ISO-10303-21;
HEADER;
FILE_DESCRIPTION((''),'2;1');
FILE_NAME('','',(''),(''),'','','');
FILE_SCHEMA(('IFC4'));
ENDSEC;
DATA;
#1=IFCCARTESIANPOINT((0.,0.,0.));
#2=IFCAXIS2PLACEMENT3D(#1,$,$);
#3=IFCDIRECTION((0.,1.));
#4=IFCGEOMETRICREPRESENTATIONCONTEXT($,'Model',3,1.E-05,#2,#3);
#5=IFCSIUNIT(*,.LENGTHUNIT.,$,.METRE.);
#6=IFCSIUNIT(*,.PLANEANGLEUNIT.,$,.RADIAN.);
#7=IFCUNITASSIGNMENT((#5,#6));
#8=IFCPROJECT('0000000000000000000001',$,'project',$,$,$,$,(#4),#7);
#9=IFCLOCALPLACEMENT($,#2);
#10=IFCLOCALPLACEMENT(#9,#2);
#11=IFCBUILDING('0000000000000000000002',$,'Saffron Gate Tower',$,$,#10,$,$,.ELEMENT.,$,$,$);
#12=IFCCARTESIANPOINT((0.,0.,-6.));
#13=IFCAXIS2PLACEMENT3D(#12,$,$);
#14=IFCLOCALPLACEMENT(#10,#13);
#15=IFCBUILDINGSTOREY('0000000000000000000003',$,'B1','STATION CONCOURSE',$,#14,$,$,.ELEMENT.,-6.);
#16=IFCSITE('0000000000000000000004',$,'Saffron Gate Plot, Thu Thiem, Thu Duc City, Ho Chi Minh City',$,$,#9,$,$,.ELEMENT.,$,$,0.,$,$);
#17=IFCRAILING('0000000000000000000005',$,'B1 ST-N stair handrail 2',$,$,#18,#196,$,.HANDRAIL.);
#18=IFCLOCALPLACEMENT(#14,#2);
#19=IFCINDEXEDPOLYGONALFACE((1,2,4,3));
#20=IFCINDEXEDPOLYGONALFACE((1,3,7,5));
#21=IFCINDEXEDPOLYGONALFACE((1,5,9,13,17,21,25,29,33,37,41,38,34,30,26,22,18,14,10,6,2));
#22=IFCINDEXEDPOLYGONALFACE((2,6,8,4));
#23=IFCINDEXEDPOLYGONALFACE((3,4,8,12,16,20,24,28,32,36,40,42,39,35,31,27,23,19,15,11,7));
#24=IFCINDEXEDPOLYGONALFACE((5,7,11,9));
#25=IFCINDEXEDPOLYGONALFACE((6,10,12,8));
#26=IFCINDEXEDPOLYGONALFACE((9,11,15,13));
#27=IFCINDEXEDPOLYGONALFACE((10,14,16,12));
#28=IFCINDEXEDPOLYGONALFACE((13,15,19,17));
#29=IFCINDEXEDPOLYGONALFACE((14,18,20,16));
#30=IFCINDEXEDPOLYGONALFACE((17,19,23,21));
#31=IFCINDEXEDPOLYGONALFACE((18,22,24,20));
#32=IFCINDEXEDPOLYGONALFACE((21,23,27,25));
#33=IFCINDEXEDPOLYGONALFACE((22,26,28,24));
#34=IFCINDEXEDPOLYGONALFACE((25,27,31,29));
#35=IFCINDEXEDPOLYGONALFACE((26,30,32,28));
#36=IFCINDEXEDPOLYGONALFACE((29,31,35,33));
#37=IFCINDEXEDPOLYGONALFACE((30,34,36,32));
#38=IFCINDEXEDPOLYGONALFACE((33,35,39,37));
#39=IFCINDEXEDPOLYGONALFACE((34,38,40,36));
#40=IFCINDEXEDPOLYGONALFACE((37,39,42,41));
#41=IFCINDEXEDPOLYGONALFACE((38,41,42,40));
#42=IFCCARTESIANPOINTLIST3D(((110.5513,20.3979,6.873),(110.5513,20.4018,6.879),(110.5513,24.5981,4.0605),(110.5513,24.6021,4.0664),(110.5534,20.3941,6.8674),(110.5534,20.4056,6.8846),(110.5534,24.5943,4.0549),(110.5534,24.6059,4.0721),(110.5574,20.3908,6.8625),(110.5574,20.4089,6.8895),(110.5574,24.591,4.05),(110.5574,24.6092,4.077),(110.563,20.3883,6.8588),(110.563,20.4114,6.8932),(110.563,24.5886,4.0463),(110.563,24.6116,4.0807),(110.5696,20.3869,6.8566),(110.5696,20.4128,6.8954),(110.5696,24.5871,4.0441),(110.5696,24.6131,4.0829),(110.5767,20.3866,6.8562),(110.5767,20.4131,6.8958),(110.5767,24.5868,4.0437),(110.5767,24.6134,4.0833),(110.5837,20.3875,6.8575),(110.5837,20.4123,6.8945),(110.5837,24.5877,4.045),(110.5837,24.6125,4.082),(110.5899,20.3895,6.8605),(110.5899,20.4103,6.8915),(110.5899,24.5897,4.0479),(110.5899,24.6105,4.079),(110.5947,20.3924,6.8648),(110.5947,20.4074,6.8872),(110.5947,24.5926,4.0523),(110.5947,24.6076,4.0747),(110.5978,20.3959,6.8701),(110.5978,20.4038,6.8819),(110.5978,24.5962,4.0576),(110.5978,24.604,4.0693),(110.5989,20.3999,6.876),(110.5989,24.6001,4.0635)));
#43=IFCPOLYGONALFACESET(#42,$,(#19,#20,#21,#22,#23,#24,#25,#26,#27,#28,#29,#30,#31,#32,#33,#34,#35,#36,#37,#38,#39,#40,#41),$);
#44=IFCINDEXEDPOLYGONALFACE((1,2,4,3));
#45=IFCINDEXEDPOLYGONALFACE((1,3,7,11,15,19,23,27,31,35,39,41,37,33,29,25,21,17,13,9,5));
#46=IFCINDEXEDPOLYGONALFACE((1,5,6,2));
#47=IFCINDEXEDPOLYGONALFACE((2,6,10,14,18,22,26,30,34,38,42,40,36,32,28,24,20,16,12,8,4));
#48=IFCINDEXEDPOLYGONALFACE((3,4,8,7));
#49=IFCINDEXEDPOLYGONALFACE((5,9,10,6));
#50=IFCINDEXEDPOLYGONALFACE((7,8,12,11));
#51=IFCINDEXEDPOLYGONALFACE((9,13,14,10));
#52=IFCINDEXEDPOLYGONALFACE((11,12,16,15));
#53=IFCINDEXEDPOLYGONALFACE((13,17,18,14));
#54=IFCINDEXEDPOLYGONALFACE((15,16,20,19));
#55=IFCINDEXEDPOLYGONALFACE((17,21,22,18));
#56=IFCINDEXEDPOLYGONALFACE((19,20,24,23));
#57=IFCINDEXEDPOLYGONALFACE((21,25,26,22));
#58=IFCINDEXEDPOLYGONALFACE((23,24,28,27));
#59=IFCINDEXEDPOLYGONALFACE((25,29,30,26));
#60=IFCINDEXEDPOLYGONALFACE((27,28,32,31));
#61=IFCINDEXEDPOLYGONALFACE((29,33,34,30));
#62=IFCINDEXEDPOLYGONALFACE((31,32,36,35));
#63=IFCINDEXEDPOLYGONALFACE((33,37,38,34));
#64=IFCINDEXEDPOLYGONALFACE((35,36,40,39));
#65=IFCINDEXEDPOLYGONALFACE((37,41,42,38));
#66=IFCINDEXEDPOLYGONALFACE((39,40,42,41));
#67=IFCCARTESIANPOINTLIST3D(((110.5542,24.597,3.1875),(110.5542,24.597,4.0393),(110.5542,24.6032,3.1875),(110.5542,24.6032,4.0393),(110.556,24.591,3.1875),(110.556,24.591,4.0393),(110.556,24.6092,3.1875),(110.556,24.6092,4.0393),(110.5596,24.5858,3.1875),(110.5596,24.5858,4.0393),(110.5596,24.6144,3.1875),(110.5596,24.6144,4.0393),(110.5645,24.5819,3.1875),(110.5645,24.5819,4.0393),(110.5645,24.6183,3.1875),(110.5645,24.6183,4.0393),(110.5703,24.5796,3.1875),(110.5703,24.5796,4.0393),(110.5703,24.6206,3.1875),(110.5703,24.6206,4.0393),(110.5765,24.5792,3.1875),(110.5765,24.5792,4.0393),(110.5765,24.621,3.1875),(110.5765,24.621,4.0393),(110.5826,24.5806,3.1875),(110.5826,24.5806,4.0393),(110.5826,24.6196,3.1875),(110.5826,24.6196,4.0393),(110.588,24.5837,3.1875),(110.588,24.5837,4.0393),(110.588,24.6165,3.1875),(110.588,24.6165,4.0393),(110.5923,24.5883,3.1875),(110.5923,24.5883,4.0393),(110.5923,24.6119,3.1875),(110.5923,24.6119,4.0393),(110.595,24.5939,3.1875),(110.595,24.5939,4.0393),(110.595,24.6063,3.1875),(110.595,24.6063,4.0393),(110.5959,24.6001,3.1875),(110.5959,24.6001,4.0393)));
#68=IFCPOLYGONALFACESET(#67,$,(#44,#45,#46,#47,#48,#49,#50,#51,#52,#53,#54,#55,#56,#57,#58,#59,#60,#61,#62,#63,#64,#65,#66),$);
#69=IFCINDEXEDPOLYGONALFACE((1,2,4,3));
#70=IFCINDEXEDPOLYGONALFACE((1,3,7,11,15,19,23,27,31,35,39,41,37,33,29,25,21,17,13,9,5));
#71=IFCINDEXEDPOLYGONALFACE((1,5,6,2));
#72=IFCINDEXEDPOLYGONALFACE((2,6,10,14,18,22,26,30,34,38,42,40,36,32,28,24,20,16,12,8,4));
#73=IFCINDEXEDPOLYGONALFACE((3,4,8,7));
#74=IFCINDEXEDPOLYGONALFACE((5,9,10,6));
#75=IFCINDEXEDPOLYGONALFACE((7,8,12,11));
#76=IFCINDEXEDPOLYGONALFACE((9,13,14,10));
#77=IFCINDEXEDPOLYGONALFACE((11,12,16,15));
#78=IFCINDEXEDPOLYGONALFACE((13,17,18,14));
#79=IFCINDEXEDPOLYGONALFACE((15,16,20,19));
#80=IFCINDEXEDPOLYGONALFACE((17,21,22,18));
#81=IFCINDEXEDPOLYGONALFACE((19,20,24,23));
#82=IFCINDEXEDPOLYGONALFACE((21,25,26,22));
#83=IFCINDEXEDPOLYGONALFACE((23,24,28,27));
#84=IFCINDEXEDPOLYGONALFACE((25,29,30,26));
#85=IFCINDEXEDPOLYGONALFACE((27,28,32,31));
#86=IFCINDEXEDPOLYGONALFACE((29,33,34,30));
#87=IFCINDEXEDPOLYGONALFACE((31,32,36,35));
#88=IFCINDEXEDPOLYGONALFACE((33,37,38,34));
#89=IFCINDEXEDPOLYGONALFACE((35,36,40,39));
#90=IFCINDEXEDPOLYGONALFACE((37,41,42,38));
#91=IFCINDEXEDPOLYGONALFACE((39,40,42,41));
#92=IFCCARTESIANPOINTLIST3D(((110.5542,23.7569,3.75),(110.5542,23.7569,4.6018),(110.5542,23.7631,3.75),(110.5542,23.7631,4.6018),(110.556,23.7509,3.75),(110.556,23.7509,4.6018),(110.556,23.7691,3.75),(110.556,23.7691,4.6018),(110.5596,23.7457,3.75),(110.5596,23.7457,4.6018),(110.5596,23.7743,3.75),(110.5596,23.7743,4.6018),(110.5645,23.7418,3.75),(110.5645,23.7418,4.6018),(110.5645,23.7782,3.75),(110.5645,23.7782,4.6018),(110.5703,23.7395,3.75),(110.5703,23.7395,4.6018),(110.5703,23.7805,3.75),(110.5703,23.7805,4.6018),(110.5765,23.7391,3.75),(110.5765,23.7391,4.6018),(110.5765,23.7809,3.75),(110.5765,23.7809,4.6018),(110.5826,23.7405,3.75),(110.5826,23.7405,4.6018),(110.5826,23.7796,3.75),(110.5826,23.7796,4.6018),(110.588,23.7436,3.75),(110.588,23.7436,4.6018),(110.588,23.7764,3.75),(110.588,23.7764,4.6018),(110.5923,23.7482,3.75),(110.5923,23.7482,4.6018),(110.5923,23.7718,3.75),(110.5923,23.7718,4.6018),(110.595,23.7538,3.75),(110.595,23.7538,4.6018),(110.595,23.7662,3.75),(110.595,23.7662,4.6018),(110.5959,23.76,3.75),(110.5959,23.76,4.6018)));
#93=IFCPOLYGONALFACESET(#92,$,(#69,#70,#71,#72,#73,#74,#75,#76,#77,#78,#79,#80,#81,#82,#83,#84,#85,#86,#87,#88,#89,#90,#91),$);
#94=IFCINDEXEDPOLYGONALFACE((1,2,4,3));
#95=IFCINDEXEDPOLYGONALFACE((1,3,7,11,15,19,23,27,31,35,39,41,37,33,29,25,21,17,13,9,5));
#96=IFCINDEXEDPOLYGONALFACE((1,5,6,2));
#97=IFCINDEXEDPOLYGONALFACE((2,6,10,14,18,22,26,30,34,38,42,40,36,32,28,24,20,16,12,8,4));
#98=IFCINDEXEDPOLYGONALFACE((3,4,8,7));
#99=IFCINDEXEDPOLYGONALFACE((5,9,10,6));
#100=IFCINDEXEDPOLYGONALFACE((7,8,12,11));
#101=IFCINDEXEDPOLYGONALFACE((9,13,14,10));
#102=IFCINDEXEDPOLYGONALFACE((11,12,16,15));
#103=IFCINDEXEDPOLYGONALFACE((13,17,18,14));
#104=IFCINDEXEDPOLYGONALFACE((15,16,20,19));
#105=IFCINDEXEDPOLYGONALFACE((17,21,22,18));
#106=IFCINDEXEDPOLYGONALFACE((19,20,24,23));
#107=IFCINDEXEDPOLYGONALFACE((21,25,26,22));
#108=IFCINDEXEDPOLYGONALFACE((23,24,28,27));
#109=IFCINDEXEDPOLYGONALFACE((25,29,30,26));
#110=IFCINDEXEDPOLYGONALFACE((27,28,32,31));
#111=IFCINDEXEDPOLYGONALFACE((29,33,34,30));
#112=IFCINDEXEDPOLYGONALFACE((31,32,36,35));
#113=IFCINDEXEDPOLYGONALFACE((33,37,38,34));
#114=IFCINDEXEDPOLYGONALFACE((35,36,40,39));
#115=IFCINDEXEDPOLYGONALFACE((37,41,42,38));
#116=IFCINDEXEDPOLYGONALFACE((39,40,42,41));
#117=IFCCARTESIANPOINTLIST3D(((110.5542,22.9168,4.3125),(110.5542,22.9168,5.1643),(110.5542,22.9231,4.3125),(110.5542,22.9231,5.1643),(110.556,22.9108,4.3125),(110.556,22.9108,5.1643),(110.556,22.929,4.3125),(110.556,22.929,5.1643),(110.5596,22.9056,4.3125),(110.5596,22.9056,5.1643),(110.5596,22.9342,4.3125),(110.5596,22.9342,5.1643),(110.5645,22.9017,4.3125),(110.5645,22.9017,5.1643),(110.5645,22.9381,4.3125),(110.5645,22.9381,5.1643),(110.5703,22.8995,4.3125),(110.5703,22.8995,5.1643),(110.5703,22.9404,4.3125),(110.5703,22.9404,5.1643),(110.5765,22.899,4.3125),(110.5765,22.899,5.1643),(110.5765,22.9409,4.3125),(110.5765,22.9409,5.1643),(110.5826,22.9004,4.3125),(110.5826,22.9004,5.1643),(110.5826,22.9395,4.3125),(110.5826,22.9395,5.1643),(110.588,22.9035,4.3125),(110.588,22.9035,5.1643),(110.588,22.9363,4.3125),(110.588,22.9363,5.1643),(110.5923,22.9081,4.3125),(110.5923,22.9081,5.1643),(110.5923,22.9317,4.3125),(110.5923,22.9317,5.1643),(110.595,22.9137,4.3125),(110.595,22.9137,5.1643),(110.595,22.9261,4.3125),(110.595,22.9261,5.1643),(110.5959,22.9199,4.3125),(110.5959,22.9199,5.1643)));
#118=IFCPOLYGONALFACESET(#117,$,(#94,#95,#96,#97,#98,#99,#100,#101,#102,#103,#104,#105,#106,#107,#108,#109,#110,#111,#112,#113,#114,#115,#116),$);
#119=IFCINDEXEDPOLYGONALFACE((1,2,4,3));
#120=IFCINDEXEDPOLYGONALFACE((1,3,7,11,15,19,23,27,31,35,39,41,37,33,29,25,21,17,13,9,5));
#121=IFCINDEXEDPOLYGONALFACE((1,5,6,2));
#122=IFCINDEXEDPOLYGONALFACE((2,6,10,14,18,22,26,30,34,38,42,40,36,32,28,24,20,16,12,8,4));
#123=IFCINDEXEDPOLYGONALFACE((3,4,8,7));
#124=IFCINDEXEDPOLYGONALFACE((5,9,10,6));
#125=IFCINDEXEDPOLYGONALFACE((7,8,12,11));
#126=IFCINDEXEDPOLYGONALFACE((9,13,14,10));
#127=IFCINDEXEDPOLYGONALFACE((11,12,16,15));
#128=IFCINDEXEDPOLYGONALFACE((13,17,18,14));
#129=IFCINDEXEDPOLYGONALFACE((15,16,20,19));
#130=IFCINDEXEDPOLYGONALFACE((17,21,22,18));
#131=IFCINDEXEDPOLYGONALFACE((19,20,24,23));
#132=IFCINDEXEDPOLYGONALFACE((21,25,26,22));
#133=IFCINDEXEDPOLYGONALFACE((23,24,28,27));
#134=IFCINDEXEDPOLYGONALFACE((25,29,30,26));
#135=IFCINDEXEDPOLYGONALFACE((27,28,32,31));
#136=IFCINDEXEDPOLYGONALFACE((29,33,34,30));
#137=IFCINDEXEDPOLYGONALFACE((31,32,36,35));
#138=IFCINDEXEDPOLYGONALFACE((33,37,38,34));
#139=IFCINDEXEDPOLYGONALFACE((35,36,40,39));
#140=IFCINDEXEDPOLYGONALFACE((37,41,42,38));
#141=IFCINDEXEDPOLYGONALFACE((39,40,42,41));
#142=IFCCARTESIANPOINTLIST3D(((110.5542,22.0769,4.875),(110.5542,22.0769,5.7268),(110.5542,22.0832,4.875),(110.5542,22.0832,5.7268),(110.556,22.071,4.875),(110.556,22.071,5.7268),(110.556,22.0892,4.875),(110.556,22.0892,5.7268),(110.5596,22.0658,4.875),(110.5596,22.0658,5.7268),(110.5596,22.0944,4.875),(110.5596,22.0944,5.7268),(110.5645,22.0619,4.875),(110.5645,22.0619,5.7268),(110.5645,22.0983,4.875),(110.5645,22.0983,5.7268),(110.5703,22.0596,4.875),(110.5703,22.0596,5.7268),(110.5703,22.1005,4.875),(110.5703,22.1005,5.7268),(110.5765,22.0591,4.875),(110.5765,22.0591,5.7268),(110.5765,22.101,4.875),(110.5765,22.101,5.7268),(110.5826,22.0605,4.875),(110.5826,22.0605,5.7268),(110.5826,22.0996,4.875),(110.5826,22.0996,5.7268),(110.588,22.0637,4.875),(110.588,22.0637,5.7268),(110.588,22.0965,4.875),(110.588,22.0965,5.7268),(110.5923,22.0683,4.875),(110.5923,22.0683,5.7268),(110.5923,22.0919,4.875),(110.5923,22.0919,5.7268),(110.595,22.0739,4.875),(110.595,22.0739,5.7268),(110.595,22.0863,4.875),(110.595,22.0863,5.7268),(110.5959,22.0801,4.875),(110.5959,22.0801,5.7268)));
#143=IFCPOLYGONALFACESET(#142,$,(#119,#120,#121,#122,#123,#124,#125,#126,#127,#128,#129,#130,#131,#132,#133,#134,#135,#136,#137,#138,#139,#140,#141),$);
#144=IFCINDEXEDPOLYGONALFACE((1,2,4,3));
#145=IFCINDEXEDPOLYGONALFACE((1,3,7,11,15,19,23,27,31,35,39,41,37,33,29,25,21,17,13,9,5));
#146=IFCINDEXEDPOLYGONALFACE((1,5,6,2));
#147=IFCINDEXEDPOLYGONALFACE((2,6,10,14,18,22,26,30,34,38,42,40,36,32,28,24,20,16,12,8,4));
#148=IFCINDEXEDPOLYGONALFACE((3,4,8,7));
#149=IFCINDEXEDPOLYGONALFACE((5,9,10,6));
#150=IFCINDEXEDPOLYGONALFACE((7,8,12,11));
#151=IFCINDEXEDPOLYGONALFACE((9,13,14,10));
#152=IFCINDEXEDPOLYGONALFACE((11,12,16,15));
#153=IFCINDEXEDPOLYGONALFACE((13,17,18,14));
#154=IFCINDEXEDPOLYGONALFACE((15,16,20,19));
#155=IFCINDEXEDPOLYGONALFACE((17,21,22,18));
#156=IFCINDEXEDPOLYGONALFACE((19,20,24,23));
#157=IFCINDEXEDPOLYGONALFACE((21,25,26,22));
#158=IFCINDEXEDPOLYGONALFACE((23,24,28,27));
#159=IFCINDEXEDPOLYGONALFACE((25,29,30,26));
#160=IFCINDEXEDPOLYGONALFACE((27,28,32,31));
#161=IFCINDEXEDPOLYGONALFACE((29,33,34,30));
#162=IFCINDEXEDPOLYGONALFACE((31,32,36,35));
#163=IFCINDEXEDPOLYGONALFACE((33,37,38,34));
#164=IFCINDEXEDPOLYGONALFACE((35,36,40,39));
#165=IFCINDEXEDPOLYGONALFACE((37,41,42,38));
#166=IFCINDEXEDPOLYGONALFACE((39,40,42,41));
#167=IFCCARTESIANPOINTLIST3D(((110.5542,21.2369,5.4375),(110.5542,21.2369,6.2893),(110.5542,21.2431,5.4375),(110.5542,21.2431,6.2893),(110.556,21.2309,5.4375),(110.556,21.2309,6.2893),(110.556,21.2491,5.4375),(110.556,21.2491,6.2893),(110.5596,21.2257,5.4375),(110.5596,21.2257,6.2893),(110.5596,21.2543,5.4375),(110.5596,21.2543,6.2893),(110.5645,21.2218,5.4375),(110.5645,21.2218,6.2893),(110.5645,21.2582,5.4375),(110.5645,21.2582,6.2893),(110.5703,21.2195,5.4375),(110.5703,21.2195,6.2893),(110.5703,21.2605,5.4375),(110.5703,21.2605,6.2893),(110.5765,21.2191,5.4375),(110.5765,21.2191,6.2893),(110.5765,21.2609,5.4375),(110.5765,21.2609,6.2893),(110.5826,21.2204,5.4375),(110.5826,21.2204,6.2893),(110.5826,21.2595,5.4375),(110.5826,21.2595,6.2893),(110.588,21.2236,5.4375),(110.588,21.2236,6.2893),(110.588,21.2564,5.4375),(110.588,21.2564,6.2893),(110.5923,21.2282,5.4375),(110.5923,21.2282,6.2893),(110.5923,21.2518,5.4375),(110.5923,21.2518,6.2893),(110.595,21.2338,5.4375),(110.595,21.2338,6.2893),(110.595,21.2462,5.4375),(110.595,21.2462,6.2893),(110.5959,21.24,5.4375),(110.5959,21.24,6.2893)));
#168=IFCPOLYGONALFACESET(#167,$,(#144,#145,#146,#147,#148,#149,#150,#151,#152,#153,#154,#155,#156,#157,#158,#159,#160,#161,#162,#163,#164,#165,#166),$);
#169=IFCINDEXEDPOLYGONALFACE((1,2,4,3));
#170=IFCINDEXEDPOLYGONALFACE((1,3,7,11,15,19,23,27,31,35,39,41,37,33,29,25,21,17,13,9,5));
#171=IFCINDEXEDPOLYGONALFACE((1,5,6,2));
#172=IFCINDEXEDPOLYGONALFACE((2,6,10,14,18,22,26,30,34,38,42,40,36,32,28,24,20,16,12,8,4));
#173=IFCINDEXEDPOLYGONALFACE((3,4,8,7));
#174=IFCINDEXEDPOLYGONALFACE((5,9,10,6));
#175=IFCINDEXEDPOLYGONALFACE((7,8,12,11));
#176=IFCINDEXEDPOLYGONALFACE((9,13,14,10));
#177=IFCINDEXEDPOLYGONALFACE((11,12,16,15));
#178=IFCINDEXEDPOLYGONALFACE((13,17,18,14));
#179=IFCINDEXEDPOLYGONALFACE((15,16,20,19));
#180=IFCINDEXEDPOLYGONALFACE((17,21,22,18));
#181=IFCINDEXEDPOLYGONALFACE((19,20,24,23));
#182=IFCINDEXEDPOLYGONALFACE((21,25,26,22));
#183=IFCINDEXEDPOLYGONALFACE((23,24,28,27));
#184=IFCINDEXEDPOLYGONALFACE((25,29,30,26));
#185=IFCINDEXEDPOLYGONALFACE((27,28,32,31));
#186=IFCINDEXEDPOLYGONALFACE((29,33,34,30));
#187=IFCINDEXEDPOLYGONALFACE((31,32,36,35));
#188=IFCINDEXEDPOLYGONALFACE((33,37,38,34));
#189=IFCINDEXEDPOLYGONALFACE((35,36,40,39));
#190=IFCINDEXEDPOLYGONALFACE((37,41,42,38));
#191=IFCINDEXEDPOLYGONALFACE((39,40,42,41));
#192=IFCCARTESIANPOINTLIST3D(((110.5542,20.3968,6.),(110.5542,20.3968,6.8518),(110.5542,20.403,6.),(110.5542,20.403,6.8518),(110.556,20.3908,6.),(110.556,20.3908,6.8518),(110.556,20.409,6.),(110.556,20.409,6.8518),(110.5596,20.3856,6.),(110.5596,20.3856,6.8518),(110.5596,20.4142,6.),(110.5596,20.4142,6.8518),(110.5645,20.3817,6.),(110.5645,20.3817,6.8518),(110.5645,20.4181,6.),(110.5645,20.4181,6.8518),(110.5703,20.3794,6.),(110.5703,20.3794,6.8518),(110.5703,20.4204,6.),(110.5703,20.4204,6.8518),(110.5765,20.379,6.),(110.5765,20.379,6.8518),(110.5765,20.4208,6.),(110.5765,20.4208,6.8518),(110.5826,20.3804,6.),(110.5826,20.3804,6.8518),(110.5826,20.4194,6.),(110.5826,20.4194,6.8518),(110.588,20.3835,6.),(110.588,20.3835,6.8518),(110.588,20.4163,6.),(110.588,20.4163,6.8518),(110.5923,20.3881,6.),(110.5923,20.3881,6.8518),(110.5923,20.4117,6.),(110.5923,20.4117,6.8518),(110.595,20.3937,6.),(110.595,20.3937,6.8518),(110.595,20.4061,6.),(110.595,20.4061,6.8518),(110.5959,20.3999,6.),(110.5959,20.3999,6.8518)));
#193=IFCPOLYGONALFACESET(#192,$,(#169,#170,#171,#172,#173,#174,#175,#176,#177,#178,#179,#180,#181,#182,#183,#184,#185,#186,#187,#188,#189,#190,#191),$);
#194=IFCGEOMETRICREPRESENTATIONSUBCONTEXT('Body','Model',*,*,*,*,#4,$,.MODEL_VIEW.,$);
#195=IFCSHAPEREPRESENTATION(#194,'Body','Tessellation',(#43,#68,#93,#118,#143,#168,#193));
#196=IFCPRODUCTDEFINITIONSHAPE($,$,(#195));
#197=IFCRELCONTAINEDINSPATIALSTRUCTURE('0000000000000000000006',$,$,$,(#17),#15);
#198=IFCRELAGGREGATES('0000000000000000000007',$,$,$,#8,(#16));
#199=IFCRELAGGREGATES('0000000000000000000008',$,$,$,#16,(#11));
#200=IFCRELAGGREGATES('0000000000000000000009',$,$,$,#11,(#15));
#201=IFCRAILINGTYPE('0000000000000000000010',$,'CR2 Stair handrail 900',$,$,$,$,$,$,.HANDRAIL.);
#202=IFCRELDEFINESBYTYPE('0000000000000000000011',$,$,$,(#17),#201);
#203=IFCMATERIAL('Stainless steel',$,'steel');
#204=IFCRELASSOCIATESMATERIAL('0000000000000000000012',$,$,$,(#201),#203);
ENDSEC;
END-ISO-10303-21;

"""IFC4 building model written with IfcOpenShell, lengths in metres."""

from ifc_helpers import new_model, si_unit, direction, frame, origin, origin_2d, place, context, subcontext, project, spatial, circle, extrude, material, type_object, element, save


model = new_model("IFC4")

# Units and contexts
model_context = context("Model", 3, precision=1e-05, world=origin(), true_north=direction((0.0, 1.0)))
body_context = subcontext(model_context, "Body", "Model", "MODEL_VIEW")
ifc_project = project(units=[si_unit("LENGTHUNIT", "METRE"), si_unit("PLANEANGLEUNIT", "RADIAN")], contexts=[model_context])

# Site, building, storey
site_placement = place(None, origin())
site = spatial("IfcSite", under=ifc_project, at=site_placement, Name="Saffron Gate Plot, Thu Thiem, Thu Duc City, Ho Chi Minh City", CompositionType="ELEMENT", RefElevation=0.0)
building_placement = place(site_placement, origin())
building = spatial("IfcBuilding", under=site, at=building_placement, Name="Saffron Gate Tower", CompositionType="ELEMENT")
storey_placement = place(building_placement, frame((0.0, 0.0, -6.0)))
storey = spatial("IfcBuildingStorey", under=building, at=storey_placement, Name="B1", Description="STATION CONCOURSE", CompositionType="ELEMENT", Elevation=-6.0)

# Railing
ifc_material_1 = material(Name="Stainless steel", Category="steel")
railing_type_1 = type_object("IfcRailingType", Name="CR2 Stair handrail 900", PredefinedType="HANDRAIL", material=ifc_material_1)
for number, where, name in (
    (1, (110.575, 24.6001, 3.1875), "B1 ST-N stair handrail 2"),
):
    element("IfcRailing", number, at=place(storey_placement, frame(where)), inside=storey, type_object=railing_type_1, Name=name, PredefinedType="HANDRAIL", context=body_context, shape_type="SweptSolid", body=[
        extrude(circle(Radius=0.0239, at=origin_2d()), frame((0.0, 0.0, 0.876), z_axis=(0.0, -0.830919, 0.556393), x_axis=(1.0, 0.0, 0.0)), (0.0, 0.0, 1.0), 5.0549),
        extrude(circle(Radius=0.021, at=origin_2d()), origin(), (0.0, 0.0, 1.0), 0.8518),
        extrude(circle(Radius=0.021, at=origin_2d()), frame((0.0, -0.8401, 0.5625)), (0.0, 0.0, 1.0), 0.8518),
        extrude(circle(Radius=0.021, at=origin_2d()), frame((0.0, -1.6802, 1.125)), (0.0, 0.0, 1.0), 0.8518),
        extrude(circle(Radius=0.021, at=origin_2d()), frame((0.0, -2.52, 1.6875)), (0.0, 0.0, 1.0), 0.8518),
        extrude(circle(Radius=0.021, at=origin_2d()), frame((0.0, -3.3601, 2.25)), (0.0, 0.0, 1.0), 0.8518),
        extrude(circle(Radius=0.021, at=origin_2d()), frame((0.0, -4.2002, 2.8125)), (0.0, 0.0, 1.0), 0.8518),
    ])

save(model, "model.ifc")
